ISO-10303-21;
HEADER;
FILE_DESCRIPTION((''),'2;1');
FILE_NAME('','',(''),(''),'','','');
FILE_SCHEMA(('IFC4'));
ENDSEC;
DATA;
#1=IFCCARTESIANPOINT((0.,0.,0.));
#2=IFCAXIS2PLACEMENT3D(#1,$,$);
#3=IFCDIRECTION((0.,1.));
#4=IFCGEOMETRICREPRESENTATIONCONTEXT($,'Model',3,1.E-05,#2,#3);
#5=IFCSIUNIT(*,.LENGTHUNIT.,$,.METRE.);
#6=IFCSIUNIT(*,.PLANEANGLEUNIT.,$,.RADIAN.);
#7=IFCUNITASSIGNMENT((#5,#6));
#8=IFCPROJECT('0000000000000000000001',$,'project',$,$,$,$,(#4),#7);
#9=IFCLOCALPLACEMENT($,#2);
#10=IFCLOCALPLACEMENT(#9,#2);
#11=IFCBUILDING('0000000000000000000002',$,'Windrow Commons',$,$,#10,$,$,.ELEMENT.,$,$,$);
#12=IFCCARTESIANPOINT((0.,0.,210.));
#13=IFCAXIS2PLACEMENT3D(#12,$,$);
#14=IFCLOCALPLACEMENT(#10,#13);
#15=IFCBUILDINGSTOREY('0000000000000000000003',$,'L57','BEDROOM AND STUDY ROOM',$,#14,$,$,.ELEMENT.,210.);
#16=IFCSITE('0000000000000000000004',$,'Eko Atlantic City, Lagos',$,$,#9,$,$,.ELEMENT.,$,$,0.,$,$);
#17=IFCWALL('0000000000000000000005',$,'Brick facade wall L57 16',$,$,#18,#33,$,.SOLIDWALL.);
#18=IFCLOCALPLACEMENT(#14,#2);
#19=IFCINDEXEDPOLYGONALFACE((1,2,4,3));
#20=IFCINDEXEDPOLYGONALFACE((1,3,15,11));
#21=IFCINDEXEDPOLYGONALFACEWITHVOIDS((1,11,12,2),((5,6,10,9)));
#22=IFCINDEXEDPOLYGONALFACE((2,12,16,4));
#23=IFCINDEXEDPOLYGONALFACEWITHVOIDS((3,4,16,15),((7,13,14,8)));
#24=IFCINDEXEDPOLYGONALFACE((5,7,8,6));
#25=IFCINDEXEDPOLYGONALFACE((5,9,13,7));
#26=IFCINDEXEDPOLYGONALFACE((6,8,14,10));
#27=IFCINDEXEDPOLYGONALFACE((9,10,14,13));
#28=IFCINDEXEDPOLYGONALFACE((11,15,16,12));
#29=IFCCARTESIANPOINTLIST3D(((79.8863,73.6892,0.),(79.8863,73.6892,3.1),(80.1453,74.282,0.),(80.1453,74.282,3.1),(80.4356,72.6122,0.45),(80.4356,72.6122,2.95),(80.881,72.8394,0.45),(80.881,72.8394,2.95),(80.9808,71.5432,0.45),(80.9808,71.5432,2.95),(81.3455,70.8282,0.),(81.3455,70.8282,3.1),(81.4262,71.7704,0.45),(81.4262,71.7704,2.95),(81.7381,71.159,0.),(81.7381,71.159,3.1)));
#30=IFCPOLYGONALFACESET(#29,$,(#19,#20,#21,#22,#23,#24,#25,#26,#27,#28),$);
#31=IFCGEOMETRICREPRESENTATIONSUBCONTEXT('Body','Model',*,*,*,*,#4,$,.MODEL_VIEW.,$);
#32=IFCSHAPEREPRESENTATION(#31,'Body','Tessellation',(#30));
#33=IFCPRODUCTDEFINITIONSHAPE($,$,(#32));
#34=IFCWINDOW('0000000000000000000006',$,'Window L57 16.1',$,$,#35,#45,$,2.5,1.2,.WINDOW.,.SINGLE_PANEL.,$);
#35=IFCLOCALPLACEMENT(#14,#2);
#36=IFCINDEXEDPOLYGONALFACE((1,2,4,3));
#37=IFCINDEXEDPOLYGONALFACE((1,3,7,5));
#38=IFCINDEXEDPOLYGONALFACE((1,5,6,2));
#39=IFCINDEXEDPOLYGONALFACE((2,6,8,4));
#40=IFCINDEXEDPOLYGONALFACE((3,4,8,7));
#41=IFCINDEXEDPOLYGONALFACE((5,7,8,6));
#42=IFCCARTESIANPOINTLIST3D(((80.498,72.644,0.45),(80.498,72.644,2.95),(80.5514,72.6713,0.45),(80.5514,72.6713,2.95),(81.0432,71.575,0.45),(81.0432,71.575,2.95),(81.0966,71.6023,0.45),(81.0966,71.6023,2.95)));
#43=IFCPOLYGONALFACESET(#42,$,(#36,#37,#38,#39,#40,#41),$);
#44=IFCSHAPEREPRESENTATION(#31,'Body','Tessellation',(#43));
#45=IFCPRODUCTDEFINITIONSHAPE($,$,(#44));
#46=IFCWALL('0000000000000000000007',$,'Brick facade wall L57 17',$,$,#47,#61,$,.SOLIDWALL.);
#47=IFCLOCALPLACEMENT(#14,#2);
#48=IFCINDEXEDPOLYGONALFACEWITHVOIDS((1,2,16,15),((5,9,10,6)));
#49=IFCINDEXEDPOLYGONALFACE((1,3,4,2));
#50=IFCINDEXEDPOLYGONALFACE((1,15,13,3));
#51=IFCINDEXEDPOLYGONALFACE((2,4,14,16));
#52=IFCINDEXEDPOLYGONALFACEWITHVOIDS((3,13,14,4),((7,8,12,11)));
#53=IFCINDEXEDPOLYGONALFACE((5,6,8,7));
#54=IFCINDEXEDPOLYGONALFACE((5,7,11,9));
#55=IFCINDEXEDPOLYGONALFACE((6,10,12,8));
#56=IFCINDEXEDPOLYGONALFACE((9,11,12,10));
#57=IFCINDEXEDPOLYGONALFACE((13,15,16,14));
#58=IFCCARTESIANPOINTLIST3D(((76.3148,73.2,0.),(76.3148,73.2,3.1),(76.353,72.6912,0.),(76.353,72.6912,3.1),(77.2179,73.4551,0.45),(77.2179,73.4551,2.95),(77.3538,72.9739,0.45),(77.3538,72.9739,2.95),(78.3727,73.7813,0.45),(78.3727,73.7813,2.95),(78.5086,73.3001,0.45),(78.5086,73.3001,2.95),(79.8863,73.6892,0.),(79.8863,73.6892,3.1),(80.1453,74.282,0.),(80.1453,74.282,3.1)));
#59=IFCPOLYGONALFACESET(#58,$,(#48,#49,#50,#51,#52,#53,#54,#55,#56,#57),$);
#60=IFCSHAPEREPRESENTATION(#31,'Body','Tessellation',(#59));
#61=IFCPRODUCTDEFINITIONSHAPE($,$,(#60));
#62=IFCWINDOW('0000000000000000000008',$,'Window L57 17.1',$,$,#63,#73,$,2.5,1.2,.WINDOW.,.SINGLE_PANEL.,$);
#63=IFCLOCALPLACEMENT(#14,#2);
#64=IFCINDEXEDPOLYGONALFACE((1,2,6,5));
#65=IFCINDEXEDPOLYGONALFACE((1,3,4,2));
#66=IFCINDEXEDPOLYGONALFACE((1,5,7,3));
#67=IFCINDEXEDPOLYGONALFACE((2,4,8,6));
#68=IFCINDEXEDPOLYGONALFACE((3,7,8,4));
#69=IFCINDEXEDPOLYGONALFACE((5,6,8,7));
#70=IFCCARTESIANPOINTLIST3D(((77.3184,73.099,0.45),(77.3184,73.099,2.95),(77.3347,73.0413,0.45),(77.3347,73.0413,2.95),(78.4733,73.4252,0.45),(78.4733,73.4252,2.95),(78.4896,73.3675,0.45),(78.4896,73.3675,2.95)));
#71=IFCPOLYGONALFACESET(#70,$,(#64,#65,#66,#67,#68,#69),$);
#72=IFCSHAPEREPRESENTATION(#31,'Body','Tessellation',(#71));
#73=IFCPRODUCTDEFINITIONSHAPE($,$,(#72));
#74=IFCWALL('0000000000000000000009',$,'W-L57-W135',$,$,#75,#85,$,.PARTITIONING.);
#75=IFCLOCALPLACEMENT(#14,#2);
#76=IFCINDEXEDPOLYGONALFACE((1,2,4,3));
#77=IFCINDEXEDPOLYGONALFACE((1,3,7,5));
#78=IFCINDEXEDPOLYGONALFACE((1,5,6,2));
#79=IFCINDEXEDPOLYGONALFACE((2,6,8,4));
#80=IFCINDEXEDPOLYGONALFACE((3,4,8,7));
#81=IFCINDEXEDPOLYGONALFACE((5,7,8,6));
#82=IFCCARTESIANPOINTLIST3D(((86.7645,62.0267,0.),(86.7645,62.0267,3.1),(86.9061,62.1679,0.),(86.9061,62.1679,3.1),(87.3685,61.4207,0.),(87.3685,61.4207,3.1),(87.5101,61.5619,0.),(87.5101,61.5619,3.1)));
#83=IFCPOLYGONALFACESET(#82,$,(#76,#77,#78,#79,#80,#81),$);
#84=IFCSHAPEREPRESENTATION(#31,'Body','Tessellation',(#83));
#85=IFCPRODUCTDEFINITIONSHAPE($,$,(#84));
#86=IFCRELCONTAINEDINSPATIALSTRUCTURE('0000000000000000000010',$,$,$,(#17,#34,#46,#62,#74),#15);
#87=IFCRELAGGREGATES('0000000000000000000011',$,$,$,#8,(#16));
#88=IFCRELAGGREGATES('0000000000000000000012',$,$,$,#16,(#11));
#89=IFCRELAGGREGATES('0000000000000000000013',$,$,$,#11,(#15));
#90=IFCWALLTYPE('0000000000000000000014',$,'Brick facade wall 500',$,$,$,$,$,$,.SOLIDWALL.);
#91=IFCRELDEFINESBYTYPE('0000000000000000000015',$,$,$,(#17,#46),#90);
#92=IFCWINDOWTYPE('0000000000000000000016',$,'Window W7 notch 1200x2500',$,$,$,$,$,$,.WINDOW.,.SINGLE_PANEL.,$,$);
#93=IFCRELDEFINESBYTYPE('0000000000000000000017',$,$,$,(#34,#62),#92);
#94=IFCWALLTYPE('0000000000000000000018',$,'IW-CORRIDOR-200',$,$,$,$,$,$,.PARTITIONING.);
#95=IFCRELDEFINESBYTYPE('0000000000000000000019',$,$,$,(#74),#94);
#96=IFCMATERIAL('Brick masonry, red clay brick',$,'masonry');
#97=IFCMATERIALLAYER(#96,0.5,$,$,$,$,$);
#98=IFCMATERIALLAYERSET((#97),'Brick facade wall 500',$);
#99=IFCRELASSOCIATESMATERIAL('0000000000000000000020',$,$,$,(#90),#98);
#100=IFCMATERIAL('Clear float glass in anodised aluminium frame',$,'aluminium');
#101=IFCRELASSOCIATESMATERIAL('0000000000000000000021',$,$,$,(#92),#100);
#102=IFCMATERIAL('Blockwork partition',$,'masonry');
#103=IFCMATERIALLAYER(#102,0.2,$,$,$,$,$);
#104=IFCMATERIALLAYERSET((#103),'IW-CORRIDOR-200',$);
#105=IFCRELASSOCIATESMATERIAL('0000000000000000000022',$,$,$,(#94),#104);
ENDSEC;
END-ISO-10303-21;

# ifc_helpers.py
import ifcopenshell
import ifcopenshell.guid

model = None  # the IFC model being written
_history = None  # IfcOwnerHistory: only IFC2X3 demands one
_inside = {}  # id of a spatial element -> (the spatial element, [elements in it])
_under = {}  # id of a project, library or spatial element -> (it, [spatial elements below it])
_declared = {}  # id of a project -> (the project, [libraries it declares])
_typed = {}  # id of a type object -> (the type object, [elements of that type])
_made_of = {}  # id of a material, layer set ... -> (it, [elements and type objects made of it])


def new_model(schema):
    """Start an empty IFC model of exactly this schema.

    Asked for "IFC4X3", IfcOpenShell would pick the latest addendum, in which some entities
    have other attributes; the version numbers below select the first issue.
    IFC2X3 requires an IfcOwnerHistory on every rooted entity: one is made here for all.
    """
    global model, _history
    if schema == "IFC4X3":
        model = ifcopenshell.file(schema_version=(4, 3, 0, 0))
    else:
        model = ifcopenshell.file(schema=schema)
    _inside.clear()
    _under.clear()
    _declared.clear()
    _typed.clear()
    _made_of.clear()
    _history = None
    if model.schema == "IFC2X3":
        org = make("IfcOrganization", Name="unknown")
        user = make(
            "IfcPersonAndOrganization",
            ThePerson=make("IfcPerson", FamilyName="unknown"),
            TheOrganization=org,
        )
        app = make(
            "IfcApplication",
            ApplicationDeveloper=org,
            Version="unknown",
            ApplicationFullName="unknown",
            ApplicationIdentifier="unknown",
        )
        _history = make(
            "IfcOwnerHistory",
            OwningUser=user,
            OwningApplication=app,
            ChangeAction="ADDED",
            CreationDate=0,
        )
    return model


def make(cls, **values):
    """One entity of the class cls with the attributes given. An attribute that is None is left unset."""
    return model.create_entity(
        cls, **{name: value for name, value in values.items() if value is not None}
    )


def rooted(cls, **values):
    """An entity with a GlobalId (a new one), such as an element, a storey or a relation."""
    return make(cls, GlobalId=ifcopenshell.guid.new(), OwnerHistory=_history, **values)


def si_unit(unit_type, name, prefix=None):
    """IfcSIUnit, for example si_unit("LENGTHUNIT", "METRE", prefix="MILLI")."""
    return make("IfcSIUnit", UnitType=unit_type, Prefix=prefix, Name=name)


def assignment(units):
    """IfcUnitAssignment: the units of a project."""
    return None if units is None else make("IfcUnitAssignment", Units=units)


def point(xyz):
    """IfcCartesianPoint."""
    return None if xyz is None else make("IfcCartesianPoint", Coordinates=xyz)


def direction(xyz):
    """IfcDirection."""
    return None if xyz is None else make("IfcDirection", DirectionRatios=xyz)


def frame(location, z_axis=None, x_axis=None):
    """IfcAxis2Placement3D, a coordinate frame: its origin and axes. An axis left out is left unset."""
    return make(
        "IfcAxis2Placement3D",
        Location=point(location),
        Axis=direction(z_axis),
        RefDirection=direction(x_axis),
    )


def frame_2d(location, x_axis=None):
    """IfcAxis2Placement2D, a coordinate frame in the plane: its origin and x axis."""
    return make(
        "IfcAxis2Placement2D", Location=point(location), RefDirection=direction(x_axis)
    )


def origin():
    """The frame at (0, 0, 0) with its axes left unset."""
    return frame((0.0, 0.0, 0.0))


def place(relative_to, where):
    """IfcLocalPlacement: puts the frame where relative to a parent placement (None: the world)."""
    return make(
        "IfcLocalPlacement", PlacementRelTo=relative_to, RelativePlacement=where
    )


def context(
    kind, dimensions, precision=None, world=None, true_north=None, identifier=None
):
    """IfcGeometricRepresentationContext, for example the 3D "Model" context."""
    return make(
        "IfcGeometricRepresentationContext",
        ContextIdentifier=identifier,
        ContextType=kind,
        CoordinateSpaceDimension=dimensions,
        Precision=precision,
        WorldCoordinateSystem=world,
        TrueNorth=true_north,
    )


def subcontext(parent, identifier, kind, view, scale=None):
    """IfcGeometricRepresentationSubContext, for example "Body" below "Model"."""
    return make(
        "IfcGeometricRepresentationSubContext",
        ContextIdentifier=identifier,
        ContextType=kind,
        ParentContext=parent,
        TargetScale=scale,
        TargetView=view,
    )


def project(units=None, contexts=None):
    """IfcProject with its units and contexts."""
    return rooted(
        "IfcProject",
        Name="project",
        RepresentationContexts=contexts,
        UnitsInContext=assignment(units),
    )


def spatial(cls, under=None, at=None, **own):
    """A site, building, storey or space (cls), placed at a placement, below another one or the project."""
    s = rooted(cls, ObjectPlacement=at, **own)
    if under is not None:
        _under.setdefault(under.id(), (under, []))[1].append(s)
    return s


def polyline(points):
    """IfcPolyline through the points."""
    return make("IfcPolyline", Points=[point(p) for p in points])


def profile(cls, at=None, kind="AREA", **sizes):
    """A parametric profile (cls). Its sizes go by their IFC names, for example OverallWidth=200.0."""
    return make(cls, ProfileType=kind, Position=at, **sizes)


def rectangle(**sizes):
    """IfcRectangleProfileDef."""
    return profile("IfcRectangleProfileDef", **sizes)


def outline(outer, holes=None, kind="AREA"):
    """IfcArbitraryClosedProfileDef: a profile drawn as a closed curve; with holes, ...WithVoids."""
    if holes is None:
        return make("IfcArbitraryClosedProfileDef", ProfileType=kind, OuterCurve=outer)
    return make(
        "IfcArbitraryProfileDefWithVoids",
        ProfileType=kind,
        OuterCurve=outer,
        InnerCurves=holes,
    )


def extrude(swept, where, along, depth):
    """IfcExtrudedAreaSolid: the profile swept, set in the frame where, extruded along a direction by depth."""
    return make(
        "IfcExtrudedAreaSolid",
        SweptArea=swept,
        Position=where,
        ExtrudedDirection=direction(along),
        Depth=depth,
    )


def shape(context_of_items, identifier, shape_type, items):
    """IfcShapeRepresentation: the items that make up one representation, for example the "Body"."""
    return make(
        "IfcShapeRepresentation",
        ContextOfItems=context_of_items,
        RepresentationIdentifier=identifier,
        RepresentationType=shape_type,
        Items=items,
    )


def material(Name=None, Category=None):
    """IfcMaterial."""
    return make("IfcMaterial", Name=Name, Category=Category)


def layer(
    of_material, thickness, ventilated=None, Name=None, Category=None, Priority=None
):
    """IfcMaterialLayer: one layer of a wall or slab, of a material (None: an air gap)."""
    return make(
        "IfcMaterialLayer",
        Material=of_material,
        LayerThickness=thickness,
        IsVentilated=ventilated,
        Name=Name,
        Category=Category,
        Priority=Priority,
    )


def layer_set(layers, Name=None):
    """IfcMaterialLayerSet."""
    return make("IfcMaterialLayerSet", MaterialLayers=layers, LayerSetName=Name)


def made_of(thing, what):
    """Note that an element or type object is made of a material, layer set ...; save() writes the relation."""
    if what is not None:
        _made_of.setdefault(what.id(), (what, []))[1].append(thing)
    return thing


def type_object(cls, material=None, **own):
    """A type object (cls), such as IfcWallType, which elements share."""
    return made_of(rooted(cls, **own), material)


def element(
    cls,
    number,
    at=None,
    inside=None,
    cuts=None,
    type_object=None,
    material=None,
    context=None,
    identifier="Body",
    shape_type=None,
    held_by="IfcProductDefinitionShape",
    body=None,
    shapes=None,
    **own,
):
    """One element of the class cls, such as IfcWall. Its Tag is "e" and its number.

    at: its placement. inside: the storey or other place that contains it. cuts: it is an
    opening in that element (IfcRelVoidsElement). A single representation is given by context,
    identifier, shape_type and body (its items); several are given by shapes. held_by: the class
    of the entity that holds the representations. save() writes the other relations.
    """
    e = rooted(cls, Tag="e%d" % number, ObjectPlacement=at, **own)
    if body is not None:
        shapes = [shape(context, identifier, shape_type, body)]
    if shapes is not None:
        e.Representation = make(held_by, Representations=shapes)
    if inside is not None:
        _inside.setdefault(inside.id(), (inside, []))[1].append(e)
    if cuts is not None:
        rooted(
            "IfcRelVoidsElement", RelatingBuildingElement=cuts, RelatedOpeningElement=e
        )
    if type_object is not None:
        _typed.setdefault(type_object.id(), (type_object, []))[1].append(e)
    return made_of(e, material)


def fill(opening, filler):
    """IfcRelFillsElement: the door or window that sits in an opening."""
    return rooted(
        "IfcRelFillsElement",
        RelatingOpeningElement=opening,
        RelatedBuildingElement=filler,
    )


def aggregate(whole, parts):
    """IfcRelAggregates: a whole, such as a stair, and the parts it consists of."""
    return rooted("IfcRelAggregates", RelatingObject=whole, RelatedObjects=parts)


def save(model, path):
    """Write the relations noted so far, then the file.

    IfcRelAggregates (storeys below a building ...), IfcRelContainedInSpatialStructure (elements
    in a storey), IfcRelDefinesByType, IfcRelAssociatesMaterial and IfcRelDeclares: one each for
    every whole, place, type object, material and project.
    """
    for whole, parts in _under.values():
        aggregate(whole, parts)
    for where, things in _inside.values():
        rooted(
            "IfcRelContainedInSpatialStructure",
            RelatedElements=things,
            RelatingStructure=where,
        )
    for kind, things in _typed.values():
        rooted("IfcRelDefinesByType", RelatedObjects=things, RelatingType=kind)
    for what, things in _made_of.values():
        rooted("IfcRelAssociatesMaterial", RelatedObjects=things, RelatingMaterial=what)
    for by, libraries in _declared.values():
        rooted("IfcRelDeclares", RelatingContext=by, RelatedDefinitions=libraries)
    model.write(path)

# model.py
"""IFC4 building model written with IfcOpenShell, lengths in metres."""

from ifc_helpers import new_model, si_unit, direction, frame, frame_2d, origin, place, context, subcontext, project, spatial, polyline, rectangle, outline, extrude, material, layer, layer_set, type_object, element, fill, save


model = new_model("IFC4")

# Units and contexts
model_context = context("Model", 3, precision=1e-05, world=origin(), true_north=direction((0.0, 1.0)))
body_context = subcontext(model_context, "Body", "Model", "MODEL_VIEW")
ifc_project = project(units=[si_unit("LENGTHUNIT", "METRE"), si_unit("PLANEANGLEUNIT", "RADIAN")], contexts=[model_context])

# Site, building, storey
site_placement = place(None, origin())
site = spatial("IfcSite", under=ifc_project, at=site_placement, Name="Eko Atlantic City, Lagos", CompositionType="ELEMENT", RefElevation=0.0)
building_placement = place(site_placement, origin())
building = spatial("IfcBuilding", under=site, at=building_placement, Name="Windrow Commons", CompositionType="ELEMENT")
storey_placement = place(building_placement, frame((0.0, 0.0, 210.0)))
storey = spatial("IfcBuildingStorey", under=building, at=storey_placement, Name="L57", Description="BEDROOM AND STUDY ROOM", CompositionType="ELEMENT", Elevation=210.0)

# Walls, openings, windows
ifc_material_1 = material(Name="Brick masonry, red clay brick", Category="masonry")
ifc_layer_1 = layer(ifc_material_1, 0.5)
ifc_layer_set_1 = layer_set([ifc_layer_1], Name="Brick facade wall 500")
wall_type_1 = type_object("IfcWallType", Name="Brick facade wall 500", PredefinedType="SOLIDWALL", material=ifc_layer_set_1)
ifc_material_2 = material(Name="Clear float glass in anodised aluminium frame", Category="aluminium")
window_type = type_object("IfcWindowType", Name="Window W7 notch 1200x2500", PartitioningType="SINGLE_PANEL", PredefinedType="WINDOW", material=ifc_material_2)
wall_1_placement = place(storey_placement, frame((81.5418, 70.9936, 0.0), z_axis=(0.0, 0.0, 1.0), x_axis=(-0.454345, 0.890826, 0.0)))
wall_1 = element("IfcWall", 1, at=wall_1_placement, inside=storey, type_object=wall_type_1, Name="Brick facade wall L57 16", PredefinedType="SOLIDWALL", context=body_context, shape_type="SweptSolid", body=[
    extrude(outline(polyline([(0.0582, -0.25), (3.5639, -0.25), (3.1535, 0.25), (-0.0582, 0.25), (0.0582, -0.25)])), origin(), (0.0, 0.0, 1.0), 3.1),
])
opening_1_placement = place(wall_1_placement, frame((0.7445, 0.0, 0.45)))
opening_1 = element("IfcOpeningElement", 2, at=opening_1_placement, cuts=wall_1, PredefinedType="OPENING", context=body_context, shape_type="SweptSolid", body=[
    extrude(rectangle(XDim=1.2, YDim=2.5, at=frame_2d((0.6, 1.25))), frame((0.0, 0.26, 0.0), z_axis=(0.0, -1.0, 0.0), x_axis=(1.0, 0.0, 0.0)), (0.0, 0.0, 1.0), 0.52),
])
window_1_placement = place(opening_1_placement, origin())
window_1 = element("IfcWindow", 3, at=window_1_placement, inside=storey, type_object=window_type, Name="Window L57 16.1", OverallHeight=2.5, OverallWidth=1.2, PartitioningType="SINGLE_PANEL", PredefinedType="WINDOW", context=body_context, shape_type="SweptSolid", body=[
    extrude(rectangle(XDim=1.2, YDim=2.5, at=frame_2d((0.6, 1.25))), frame((0.0, 0.18, 0.0), z_axis=(0.0, -1.0, 0.0), x_axis=(1.0, 0.0, 0.0)), (0.0, 0.0, 1.0), 0.06),
])
fill(opening_1, window_1)
wall_2_placement = place(storey_placement, frame((80.0158, 73.9856, 0.0), z_axis=(0.0, 0.0, 1.0), x_axis=(-0.962346, -0.271827, 0.0)))
wall_2 = element("IfcWall", 4, at=wall_2_placement, inside=storey, type_object=wall_type_1, Name="Brick facade wall L57 17", PredefinedType="SOLIDWALL", context=body_context, shape_type="SweptSolid", body=[
    extrude(outline(polyline([(-0.2052, -0.25), (3.7752, -0.25), (3.8767, 0.25), (0.2052, 0.25), (-0.2052, -0.25)])), origin(), (0.0, 0.0, 1.0), 3.1),
])
opening_2_placement = place(wall_2_placement, frame((1.6368, 0.0, 0.45)))
opening_2 = element("IfcOpeningElement", 5, at=opening_2_placement, cuts=wall_2, PredefinedType="OPENING", context=body_context, shape_type="SweptSolid", body=[
    extrude(rectangle(XDim=1.2, YDim=2.5, at=frame_2d((0.6, 1.25))), frame((0.0, 0.26, 0.0), z_axis=(0.0, -1.0, 0.0), x_axis=(1.0, 0.0, 0.0)), (0.0, 0.0, 1.0), 0.52),
])
window_2_placement = place(opening_2_placement, origin())
window_2 = element("IfcWindow", 6, at=window_2_placement, inside=storey, type_object=window_type, Name="Window L57 17.1", OverallHeight=2.5, OverallWidth=1.2, PartitioningType="SINGLE_PANEL", PredefinedType="WINDOW", context=body_context, shape_type="SweptSolid", body=[
    extrude(rectangle(XDim=1.2, YDim=2.5, at=frame_2d((0.6, 1.25))), frame((0.0, 0.18, 0.0), z_axis=(0.0, -1.0, 0.0), x_axis=(1.0, 0.0, 0.0)), (0.0, 0.0, 1.0), 0.06),
])
fill(opening_2, window_2)

# Wall
ifc_material_3 = material(Name="Blockwork partition", Category="masonry")
ifc_layer_2 = layer(ifc_material_3, 0.2)
ifc_layer_set_2 = layer_set([ifc_layer_2], Name="IW-CORRIDOR-200")
wall_type_2 = type_object("IfcWallType", Name="IW-CORRIDOR-200", PredefinedType="PARTITIONING", material=ifc_layer_set_2)
wall_3_placement = place(storey_placement, frame((86.8353, 62.0973, 0.0), z_axis=(0.0, 0.0, 1.0), x_axis=(0.705937, -0.708275, 0.0)))
element("IfcWall", 7, at=wall_3_placement, inside=storey, type_object=wall_type_2, Name="W-L57-W135", PredefinedType="PARTITIONING", context=body_context, shape_type="SweptSolid", body=[
    extrude(rectangle(XDim=0.8556, YDim=0.2, at=frame_2d((0.4278, 0.0))), origin(), (0.0, 0.0, 1.0), 3.1),
])

save(model, "model.ifc")
